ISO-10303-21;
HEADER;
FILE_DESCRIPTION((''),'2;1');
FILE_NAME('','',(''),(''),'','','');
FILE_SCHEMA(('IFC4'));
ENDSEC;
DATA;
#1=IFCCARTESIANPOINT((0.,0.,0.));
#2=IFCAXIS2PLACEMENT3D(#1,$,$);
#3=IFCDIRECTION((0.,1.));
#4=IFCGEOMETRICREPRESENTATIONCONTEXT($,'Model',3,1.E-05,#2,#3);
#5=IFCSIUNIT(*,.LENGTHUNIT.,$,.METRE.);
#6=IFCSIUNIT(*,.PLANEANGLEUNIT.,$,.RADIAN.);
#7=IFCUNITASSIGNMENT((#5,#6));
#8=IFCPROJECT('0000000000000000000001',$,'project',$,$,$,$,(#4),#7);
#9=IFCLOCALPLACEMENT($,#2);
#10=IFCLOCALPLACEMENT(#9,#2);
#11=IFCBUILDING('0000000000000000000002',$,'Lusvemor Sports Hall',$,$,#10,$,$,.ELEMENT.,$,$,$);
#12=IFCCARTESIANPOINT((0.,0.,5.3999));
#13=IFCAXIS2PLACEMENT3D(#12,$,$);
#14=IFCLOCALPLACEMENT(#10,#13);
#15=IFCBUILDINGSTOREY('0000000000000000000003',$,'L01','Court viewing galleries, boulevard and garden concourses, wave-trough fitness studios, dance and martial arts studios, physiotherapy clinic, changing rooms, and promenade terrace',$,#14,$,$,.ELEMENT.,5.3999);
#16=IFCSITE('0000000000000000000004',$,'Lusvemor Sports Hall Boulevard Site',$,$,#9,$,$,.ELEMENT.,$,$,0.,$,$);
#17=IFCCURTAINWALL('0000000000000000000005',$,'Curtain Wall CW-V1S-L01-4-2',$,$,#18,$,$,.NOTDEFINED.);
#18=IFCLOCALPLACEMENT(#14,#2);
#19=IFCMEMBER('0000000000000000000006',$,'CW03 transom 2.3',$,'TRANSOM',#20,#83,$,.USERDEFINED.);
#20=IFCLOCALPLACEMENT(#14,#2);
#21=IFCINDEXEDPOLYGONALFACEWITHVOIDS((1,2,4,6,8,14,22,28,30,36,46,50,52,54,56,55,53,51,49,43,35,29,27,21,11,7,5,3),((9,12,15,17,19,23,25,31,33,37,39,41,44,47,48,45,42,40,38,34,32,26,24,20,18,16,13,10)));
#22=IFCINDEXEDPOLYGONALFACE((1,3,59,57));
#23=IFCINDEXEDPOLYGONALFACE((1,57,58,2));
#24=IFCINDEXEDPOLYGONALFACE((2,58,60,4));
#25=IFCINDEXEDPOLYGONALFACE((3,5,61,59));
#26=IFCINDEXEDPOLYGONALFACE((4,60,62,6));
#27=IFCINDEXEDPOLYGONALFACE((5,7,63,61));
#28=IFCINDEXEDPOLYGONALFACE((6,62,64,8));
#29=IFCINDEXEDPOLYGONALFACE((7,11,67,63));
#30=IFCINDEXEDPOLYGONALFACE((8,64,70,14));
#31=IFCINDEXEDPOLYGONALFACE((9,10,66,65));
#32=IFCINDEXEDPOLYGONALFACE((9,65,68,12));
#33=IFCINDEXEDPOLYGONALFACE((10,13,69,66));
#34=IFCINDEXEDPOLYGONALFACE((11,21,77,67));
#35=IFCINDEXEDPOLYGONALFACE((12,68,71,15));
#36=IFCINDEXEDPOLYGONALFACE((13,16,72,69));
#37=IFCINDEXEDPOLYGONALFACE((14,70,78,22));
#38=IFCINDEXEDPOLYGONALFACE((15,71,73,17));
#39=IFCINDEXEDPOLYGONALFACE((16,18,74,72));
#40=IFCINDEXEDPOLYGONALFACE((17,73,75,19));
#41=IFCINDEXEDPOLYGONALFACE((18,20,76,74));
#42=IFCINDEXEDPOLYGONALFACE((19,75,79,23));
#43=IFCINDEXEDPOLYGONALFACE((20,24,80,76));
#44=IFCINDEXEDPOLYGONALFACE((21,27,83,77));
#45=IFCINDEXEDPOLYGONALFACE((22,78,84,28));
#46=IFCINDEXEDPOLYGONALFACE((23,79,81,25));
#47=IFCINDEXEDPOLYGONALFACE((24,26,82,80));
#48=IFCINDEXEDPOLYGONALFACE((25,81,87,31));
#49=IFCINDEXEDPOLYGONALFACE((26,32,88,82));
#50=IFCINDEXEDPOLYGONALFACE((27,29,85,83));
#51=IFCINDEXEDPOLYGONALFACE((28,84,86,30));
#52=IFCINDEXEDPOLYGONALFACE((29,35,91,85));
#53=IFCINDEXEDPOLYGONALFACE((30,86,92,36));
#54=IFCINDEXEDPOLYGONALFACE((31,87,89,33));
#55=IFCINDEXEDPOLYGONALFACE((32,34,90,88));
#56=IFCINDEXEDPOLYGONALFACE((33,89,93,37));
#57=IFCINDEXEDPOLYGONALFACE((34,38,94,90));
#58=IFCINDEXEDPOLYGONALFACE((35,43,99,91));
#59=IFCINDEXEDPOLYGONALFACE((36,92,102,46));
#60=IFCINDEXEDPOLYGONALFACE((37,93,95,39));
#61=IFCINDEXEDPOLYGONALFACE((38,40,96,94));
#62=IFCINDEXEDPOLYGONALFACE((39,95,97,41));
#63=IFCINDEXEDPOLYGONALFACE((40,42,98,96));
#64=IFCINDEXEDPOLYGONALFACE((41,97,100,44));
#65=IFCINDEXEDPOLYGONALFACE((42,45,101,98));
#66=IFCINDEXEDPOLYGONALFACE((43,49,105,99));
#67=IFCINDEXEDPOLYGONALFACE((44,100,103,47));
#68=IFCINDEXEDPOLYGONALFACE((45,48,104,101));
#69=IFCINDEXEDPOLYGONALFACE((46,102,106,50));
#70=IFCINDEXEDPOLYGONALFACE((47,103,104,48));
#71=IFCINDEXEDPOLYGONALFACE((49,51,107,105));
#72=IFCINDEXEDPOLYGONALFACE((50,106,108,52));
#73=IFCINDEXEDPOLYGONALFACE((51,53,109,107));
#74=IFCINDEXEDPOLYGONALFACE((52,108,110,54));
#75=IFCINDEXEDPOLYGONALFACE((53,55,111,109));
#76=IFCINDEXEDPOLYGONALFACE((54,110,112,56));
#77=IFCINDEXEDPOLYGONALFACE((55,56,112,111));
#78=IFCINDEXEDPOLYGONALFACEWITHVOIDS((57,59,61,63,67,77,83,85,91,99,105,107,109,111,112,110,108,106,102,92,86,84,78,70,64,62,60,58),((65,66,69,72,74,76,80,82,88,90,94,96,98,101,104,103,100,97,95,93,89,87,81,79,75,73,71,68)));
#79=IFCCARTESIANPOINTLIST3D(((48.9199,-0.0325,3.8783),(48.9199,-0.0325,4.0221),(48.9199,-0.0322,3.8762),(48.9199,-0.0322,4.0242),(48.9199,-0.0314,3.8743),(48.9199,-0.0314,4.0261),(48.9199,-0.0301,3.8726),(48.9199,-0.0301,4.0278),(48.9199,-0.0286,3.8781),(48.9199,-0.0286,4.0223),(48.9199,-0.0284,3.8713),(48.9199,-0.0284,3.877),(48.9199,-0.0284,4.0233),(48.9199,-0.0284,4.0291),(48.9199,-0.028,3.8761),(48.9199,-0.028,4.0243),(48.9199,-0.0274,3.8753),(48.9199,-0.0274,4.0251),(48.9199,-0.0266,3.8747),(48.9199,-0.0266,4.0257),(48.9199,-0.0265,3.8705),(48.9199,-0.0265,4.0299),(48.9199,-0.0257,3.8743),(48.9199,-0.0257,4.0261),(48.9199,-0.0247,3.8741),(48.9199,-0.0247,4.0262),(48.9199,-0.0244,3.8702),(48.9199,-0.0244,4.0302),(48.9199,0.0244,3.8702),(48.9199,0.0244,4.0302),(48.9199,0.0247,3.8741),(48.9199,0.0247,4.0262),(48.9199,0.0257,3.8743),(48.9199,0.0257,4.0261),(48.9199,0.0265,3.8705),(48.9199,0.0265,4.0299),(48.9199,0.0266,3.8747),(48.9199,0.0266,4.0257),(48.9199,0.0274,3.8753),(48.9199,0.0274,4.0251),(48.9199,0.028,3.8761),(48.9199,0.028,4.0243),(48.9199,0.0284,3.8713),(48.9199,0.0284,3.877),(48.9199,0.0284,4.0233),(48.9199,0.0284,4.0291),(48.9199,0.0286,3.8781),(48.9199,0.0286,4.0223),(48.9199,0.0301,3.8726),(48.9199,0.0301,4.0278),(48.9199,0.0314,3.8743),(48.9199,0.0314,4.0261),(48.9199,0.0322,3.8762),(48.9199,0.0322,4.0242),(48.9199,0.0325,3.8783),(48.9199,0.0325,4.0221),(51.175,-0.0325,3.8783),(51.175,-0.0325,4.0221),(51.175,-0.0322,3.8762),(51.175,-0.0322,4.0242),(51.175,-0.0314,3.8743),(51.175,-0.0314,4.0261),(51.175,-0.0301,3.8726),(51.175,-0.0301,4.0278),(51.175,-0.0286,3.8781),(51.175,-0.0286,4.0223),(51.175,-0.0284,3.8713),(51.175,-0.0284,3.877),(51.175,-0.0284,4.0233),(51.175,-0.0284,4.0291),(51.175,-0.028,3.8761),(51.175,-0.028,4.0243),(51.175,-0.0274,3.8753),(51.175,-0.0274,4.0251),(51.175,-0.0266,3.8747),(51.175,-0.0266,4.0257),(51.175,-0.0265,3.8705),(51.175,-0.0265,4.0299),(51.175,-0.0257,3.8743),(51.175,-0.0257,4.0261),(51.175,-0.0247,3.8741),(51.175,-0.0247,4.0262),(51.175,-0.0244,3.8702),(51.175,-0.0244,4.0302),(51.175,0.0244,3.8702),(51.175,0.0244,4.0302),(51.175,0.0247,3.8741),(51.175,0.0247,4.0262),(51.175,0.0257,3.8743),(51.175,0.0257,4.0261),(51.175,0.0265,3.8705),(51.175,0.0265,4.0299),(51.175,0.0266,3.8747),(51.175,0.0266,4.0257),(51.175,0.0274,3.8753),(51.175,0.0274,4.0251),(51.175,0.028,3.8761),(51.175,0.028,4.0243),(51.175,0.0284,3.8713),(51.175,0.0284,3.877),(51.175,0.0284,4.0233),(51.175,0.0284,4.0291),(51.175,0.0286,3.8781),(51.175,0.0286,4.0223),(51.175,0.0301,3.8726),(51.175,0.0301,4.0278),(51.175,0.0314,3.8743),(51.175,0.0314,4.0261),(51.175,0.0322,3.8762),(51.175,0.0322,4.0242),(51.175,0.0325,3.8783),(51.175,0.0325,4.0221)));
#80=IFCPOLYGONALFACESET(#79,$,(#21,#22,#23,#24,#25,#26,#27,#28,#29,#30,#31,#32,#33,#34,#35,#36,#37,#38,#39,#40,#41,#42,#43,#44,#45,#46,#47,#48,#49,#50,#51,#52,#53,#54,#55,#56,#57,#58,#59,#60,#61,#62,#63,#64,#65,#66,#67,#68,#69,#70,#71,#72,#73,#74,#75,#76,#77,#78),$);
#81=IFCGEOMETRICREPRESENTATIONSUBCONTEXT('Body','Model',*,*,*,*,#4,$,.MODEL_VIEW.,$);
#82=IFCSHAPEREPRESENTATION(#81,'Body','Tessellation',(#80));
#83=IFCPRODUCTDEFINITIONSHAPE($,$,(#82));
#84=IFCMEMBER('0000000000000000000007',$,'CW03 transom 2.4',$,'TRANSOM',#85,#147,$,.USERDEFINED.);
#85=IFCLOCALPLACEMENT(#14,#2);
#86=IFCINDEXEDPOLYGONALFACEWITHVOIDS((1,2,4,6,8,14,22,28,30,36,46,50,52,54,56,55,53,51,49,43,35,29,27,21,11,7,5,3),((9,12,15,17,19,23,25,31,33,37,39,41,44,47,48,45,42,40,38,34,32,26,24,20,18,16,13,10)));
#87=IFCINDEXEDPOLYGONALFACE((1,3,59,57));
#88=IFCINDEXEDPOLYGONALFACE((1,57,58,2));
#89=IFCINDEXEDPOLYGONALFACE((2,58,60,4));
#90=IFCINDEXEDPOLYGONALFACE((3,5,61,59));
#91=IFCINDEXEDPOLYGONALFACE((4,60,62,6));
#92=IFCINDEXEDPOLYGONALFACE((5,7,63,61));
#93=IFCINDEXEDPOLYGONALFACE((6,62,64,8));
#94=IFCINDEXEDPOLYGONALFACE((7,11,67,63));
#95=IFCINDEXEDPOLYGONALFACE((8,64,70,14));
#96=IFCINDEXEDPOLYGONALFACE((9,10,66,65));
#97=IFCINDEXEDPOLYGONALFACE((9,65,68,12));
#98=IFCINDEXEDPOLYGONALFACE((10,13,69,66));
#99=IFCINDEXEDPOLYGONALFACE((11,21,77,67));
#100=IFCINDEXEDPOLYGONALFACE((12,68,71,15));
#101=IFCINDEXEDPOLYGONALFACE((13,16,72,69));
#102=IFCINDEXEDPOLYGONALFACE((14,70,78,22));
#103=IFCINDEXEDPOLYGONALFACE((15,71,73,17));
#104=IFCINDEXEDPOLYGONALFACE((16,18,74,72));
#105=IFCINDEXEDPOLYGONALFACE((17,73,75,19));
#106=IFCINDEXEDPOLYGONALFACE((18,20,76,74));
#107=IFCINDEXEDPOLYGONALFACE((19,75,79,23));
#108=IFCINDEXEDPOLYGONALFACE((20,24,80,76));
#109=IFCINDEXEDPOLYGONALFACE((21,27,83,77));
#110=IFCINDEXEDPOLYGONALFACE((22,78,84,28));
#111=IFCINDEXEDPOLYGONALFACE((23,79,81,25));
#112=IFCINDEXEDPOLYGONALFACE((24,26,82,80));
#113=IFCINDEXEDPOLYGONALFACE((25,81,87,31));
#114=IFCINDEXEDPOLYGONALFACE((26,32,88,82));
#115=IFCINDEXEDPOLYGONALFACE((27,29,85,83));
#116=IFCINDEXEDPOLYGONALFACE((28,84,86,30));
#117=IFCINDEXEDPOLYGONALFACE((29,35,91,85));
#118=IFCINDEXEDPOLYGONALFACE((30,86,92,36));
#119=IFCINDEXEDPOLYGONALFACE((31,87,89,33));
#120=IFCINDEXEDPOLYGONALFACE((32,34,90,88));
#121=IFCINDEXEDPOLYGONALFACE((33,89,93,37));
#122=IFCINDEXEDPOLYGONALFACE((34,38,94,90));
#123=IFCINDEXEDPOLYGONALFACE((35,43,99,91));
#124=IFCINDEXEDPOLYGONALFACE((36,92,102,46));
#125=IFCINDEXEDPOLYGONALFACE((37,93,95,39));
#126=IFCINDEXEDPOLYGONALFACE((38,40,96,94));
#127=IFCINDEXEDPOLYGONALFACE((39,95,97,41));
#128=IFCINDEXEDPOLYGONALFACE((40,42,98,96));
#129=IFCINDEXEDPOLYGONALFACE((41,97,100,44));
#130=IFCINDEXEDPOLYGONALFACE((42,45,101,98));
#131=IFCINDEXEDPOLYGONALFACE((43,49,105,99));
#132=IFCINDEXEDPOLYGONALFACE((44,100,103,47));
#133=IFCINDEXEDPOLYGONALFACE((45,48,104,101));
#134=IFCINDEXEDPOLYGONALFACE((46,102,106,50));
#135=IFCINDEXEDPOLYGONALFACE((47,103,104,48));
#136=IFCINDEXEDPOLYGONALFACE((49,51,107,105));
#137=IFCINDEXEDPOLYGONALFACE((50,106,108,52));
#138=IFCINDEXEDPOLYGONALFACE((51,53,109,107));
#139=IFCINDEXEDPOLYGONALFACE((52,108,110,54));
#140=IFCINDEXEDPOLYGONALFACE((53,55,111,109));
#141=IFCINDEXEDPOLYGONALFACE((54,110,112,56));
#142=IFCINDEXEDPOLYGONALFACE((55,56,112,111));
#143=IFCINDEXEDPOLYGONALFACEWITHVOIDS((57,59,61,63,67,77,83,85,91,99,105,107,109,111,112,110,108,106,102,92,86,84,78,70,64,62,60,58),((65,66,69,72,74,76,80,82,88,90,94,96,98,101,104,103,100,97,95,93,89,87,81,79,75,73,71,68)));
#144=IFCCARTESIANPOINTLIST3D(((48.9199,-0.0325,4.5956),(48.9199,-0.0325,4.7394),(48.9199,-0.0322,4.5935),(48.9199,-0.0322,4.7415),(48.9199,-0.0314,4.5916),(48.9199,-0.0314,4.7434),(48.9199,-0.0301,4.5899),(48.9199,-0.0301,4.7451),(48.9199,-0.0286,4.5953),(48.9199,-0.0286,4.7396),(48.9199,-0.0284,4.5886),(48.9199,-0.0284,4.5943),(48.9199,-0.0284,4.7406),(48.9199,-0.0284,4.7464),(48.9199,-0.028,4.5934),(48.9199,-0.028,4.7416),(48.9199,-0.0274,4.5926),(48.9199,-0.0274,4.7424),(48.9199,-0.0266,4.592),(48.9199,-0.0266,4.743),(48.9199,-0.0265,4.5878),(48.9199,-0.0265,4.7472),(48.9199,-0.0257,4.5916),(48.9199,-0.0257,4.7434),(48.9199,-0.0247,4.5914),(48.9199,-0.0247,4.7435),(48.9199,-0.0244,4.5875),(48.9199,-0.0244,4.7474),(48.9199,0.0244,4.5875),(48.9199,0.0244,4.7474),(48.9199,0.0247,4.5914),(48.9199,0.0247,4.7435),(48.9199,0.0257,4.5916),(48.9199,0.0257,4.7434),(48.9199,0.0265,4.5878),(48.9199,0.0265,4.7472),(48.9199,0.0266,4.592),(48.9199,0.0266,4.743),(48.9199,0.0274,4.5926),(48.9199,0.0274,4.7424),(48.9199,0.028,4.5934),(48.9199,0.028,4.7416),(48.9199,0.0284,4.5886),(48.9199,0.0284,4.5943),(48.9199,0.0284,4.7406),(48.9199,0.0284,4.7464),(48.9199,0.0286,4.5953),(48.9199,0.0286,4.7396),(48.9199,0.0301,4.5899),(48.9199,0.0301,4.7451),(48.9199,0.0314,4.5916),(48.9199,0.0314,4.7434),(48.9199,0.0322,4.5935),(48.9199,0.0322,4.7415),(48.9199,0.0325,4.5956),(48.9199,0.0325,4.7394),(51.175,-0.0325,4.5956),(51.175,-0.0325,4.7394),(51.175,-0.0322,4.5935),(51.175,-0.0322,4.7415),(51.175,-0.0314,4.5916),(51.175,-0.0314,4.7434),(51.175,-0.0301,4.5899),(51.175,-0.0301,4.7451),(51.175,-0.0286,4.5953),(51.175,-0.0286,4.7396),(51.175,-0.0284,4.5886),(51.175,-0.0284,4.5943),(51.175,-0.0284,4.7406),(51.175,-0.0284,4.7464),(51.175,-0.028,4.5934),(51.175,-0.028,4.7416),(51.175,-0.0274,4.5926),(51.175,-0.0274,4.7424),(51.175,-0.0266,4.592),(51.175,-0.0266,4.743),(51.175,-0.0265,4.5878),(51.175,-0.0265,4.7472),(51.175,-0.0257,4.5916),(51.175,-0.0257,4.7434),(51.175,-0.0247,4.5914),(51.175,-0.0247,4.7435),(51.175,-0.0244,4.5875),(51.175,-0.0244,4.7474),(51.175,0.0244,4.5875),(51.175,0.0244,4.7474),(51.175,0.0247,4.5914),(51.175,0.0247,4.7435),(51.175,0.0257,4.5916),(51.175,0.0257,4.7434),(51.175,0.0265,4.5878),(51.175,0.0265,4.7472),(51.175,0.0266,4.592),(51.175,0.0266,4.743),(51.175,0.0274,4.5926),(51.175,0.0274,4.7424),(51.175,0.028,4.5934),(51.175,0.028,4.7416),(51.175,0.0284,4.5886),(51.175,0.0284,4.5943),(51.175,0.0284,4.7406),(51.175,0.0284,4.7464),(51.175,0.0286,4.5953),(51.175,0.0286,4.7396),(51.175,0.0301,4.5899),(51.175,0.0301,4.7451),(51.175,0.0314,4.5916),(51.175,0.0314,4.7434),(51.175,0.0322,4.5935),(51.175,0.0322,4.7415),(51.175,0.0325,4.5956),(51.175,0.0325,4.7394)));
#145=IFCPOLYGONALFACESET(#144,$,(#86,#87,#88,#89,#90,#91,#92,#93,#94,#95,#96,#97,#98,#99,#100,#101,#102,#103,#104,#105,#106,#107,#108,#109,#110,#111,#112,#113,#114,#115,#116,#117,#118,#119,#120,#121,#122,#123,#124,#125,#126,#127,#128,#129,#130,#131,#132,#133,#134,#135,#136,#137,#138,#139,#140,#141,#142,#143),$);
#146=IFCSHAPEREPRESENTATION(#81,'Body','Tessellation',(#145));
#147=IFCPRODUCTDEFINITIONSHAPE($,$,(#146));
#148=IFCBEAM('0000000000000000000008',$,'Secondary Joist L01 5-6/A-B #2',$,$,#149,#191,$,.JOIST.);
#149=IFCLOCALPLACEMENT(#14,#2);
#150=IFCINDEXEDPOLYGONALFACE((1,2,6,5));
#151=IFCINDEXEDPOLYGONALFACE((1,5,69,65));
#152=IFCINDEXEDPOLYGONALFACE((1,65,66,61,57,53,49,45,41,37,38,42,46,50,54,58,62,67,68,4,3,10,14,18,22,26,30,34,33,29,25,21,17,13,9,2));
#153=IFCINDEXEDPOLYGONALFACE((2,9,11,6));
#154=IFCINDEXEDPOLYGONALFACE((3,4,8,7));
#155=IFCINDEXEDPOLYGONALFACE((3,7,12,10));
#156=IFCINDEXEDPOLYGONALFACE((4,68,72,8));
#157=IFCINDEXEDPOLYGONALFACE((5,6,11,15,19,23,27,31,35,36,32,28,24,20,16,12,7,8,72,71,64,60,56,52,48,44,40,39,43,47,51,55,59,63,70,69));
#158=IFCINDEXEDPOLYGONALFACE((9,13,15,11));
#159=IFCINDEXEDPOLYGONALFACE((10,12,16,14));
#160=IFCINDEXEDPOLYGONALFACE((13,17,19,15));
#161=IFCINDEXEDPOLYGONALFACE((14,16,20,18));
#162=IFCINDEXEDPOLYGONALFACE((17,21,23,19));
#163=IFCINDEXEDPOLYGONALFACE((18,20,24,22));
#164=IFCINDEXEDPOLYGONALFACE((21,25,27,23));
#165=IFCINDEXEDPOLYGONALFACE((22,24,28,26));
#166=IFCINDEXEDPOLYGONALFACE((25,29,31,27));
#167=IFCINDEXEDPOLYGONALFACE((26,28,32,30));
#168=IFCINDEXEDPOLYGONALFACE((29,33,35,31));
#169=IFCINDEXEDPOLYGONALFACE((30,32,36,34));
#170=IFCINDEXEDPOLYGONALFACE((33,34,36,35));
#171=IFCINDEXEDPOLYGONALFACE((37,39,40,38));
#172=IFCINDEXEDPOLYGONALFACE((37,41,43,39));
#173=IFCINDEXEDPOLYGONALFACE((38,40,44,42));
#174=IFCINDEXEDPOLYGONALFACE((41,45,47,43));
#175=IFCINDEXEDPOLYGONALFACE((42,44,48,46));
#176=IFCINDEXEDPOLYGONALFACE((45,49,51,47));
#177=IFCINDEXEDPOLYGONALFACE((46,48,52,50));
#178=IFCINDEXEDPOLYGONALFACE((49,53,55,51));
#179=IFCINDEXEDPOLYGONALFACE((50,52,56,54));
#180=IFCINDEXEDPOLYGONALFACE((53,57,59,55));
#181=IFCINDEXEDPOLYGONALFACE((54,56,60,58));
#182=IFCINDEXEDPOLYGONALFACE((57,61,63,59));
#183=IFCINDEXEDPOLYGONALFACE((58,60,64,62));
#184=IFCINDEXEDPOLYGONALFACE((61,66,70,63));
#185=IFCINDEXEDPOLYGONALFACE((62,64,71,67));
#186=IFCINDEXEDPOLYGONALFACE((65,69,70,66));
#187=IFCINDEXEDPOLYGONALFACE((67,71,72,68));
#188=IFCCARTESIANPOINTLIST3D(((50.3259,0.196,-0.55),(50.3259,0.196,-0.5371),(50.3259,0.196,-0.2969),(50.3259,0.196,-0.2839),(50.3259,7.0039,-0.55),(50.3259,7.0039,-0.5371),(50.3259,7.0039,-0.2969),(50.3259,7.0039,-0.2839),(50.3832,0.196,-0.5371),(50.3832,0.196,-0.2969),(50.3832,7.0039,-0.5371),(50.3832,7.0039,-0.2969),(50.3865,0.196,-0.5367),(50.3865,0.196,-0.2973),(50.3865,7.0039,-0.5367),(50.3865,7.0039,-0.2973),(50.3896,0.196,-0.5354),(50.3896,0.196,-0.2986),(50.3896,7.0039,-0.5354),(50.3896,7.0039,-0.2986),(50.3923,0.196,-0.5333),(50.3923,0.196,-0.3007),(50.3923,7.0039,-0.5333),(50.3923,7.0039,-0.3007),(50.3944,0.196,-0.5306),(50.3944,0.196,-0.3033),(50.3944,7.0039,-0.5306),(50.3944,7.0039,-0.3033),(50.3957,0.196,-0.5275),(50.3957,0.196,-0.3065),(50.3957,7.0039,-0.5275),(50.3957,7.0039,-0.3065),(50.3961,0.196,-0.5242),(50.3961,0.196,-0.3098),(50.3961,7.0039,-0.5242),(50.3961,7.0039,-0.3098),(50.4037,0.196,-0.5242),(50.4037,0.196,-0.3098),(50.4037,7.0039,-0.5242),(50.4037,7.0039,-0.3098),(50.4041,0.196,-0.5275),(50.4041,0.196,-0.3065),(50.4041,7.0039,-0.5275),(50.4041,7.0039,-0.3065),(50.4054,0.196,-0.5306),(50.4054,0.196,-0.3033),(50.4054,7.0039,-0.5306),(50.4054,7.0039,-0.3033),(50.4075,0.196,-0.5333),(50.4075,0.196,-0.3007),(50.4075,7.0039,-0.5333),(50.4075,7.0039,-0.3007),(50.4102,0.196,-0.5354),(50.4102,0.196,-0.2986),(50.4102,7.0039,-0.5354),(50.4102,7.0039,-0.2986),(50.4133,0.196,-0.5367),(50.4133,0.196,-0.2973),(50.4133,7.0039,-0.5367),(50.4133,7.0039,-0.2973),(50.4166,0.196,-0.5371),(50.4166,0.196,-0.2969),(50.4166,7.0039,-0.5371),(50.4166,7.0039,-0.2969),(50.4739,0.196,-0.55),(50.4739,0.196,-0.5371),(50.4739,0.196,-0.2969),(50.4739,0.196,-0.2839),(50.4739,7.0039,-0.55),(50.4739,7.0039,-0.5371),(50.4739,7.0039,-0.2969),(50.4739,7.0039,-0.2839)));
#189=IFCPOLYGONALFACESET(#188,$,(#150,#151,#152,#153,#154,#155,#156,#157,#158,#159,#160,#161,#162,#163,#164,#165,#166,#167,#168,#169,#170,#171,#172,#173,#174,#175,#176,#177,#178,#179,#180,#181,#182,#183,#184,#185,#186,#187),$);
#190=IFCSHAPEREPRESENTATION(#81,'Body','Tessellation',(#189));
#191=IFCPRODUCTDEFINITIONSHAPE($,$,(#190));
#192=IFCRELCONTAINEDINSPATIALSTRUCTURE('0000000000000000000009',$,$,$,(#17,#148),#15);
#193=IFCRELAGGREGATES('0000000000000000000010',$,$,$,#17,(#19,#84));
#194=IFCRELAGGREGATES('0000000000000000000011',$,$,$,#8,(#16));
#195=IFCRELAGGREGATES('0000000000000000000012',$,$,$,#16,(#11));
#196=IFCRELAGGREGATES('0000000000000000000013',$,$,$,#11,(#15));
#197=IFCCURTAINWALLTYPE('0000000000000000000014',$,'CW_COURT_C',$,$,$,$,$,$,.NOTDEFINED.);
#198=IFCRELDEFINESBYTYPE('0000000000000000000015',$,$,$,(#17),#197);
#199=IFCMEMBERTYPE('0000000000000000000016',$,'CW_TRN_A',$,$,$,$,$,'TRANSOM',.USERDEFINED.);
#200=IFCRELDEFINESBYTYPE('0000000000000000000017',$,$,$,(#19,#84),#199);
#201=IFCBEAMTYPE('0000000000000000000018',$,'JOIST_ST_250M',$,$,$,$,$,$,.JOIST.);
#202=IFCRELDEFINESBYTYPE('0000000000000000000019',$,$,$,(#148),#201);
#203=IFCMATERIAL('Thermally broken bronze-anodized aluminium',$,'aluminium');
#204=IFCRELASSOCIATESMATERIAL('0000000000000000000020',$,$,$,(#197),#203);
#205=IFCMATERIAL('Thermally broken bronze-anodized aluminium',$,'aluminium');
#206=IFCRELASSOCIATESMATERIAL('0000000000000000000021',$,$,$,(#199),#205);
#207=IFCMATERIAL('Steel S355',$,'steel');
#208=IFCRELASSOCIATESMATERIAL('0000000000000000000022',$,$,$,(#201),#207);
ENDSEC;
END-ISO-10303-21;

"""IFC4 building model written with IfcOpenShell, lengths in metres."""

from ifc_helpers import new_model, si_unit, direction, frame, origin, origin_2d, place, context, subcontext, project, spatial, hollow_rectangle, i_section, extrude, material, material_profile, profile_set, type_object, element, aggregate, save


model = new_model("IFC4")

# Units and contexts
model_context = context("Model", 3, precision=1e-05, world=origin(), true_north=direction((0.0, 1.0)))
body_context = subcontext(model_context, "Body", "Model", "MODEL_VIEW")
ifc_project = project(units=[si_unit("LENGTHUNIT", "METRE"), si_unit("PLANEANGLEUNIT", "RADIAN")], contexts=[model_context])

# Site, building, storey
site_placement = place(None, origin())
site = spatial("IfcSite", under=ifc_project, at=site_placement, Name="Lusvemor Sports Hall Boulevard Site", CompositionType="ELEMENT", RefElevation=0.0)
building_placement = place(site_placement, origin())
building = spatial("IfcBuilding", under=site, at=building_placement, Name="Lusvemor Sports Hall", CompositionType="ELEMENT")
storey_placement = place(building_placement, frame((0.0, 0.0, 5.3999)))
storey = spatial("IfcBuildingStorey", under=building, at=storey_placement, Name="L01", Description="Court viewing galleries, boulevard and garden concourses, wave-trough fitness studios, dance and martial arts studios, physiotherapy clinic, changing rooms, and promenade terrace", CompositionType="ELEMENT", Elevation=5.3999)

# Curtain wall, members
ifc_material_1 = material(Name="Thermally broken bronze-anodized aluminium", Category="aluminium")
curtain_wall_type = type_object("IfcCurtainWallType", Name="CW_COURT_C", PredefinedType="NOTDEFINED", material=ifc_material_1)
curtain_wall_placement = place(storey_placement, origin())
curtain_wall = element("IfcCurtainWall", 1, at=curtain_wall_placement, inside=storey, type_object=curtain_wall_type, Name="Curtain Wall CW-V1S-L01-4-2", PredefinedType="NOTDEFINED")
ifc_material_2 = material(Name="Thermally broken bronze-anodized aluminium", Category="aluminium")
ifc_material_profile_1 = material_profile(ifc_material_2, hollow_rectangle(XDim=0.0649, YDim=0.1599, WallThickness=0.0039, InnerFilletRadius=0.0039, OuterFilletRadius=0.0081, at=origin_2d()), Name="CWTRN160x65x4")
ifc_profile_set_1 = profile_set([ifc_material_profile_1], Name="Thermally broken bronze-anodized aluminium")
member_type_1 = type_object("IfcMemberType", Name="CW_TRN_A", ElementType="TRANSOM", PredefinedType="USERDEFINED", material=ifc_profile_set_1)
member_1_placement = place(storey_placement, frame((51.175, 0.0, 3.9502), z_axis=(-1.0, 0.0, 0.0), x_axis=(0.0, -1.0, 0.0)))
member_1 = element("IfcMember", 2, at=member_1_placement, type_object=member_type_1, Name="CW03 transom 2.3", ObjectType="TRANSOM", PredefinedType="USERDEFINED", context=body_context, shape_type="SweptSolid", body=[
    extrude(hollow_rectangle(XDim=0.0649, YDim=0.1599, WallThickness=0.0039, InnerFilletRadius=0.0039, OuterFilletRadius=0.0081, at=origin_2d()), origin(), (0.0, 0.0, 1.0), 2.2551),
])
member_2_placement = place(storey_placement, frame((51.175, 0.0, 4.6675), z_axis=(-1.0, 0.0, 0.0), x_axis=(0.0, -1.0, 0.0)))
member_2 = element("IfcMember", 3, at=member_2_placement, type_object=member_type_1, Name="CW03 transom 2.4", ObjectType="TRANSOM", PredefinedType="USERDEFINED", context=body_context, shape_type="SweptSolid", body=[
    extrude(hollow_rectangle(XDim=0.0649, YDim=0.1599, WallThickness=0.0039, InnerFilletRadius=0.0039, OuterFilletRadius=0.0081, at=origin_2d()), origin(), (0.0, 0.0, 1.0), 2.2551),
])

# Beam
ifc_material_3 = material(Name="Steel S355", Category="steel")
ifc_material_profile_2 = material_profile(ifc_material_3, i_section(OverallWidth=0.1479, OverallDepth=0.2661, WebThickness=0.0076, FlangeThickness=0.0129, FilletRadius=0.0129, at=origin_2d()), Name="W250x44.8")
ifc_profile_set_2 = profile_set([ifc_material_profile_2], Name="Steel S355")
beam_type_1 = type_object("IfcBeamType", Name="JOIST_ST_250M", PredefinedType="JOIST", material=ifc_profile_set_2)
beam_1_placement = place(storey_placement, frame((50.3999, 0.196, -0.417), z_axis=(0.0, 1.0, 0.0), x_axis=(-1.0, 0.0, 0.0)))
element("IfcBeam", 4, at=beam_1_placement, inside=storey, type_object=beam_type_1, Name="Secondary Joist L01 5-6/A-B #2", PredefinedType="JOIST", context=body_context, shape_type="SweptSolid", body=[
    extrude(i_section(OverallWidth=0.1479, OverallDepth=0.2661, WebThickness=0.0076, FlangeThickness=0.0129, FilletRadius=0.0129, at=origin_2d()), origin(), (0.0, 0.0, 1.0), 6.8079),
])

aggregate(curtain_wall, [member_1, member_2])

save(model, "model.ifc")
